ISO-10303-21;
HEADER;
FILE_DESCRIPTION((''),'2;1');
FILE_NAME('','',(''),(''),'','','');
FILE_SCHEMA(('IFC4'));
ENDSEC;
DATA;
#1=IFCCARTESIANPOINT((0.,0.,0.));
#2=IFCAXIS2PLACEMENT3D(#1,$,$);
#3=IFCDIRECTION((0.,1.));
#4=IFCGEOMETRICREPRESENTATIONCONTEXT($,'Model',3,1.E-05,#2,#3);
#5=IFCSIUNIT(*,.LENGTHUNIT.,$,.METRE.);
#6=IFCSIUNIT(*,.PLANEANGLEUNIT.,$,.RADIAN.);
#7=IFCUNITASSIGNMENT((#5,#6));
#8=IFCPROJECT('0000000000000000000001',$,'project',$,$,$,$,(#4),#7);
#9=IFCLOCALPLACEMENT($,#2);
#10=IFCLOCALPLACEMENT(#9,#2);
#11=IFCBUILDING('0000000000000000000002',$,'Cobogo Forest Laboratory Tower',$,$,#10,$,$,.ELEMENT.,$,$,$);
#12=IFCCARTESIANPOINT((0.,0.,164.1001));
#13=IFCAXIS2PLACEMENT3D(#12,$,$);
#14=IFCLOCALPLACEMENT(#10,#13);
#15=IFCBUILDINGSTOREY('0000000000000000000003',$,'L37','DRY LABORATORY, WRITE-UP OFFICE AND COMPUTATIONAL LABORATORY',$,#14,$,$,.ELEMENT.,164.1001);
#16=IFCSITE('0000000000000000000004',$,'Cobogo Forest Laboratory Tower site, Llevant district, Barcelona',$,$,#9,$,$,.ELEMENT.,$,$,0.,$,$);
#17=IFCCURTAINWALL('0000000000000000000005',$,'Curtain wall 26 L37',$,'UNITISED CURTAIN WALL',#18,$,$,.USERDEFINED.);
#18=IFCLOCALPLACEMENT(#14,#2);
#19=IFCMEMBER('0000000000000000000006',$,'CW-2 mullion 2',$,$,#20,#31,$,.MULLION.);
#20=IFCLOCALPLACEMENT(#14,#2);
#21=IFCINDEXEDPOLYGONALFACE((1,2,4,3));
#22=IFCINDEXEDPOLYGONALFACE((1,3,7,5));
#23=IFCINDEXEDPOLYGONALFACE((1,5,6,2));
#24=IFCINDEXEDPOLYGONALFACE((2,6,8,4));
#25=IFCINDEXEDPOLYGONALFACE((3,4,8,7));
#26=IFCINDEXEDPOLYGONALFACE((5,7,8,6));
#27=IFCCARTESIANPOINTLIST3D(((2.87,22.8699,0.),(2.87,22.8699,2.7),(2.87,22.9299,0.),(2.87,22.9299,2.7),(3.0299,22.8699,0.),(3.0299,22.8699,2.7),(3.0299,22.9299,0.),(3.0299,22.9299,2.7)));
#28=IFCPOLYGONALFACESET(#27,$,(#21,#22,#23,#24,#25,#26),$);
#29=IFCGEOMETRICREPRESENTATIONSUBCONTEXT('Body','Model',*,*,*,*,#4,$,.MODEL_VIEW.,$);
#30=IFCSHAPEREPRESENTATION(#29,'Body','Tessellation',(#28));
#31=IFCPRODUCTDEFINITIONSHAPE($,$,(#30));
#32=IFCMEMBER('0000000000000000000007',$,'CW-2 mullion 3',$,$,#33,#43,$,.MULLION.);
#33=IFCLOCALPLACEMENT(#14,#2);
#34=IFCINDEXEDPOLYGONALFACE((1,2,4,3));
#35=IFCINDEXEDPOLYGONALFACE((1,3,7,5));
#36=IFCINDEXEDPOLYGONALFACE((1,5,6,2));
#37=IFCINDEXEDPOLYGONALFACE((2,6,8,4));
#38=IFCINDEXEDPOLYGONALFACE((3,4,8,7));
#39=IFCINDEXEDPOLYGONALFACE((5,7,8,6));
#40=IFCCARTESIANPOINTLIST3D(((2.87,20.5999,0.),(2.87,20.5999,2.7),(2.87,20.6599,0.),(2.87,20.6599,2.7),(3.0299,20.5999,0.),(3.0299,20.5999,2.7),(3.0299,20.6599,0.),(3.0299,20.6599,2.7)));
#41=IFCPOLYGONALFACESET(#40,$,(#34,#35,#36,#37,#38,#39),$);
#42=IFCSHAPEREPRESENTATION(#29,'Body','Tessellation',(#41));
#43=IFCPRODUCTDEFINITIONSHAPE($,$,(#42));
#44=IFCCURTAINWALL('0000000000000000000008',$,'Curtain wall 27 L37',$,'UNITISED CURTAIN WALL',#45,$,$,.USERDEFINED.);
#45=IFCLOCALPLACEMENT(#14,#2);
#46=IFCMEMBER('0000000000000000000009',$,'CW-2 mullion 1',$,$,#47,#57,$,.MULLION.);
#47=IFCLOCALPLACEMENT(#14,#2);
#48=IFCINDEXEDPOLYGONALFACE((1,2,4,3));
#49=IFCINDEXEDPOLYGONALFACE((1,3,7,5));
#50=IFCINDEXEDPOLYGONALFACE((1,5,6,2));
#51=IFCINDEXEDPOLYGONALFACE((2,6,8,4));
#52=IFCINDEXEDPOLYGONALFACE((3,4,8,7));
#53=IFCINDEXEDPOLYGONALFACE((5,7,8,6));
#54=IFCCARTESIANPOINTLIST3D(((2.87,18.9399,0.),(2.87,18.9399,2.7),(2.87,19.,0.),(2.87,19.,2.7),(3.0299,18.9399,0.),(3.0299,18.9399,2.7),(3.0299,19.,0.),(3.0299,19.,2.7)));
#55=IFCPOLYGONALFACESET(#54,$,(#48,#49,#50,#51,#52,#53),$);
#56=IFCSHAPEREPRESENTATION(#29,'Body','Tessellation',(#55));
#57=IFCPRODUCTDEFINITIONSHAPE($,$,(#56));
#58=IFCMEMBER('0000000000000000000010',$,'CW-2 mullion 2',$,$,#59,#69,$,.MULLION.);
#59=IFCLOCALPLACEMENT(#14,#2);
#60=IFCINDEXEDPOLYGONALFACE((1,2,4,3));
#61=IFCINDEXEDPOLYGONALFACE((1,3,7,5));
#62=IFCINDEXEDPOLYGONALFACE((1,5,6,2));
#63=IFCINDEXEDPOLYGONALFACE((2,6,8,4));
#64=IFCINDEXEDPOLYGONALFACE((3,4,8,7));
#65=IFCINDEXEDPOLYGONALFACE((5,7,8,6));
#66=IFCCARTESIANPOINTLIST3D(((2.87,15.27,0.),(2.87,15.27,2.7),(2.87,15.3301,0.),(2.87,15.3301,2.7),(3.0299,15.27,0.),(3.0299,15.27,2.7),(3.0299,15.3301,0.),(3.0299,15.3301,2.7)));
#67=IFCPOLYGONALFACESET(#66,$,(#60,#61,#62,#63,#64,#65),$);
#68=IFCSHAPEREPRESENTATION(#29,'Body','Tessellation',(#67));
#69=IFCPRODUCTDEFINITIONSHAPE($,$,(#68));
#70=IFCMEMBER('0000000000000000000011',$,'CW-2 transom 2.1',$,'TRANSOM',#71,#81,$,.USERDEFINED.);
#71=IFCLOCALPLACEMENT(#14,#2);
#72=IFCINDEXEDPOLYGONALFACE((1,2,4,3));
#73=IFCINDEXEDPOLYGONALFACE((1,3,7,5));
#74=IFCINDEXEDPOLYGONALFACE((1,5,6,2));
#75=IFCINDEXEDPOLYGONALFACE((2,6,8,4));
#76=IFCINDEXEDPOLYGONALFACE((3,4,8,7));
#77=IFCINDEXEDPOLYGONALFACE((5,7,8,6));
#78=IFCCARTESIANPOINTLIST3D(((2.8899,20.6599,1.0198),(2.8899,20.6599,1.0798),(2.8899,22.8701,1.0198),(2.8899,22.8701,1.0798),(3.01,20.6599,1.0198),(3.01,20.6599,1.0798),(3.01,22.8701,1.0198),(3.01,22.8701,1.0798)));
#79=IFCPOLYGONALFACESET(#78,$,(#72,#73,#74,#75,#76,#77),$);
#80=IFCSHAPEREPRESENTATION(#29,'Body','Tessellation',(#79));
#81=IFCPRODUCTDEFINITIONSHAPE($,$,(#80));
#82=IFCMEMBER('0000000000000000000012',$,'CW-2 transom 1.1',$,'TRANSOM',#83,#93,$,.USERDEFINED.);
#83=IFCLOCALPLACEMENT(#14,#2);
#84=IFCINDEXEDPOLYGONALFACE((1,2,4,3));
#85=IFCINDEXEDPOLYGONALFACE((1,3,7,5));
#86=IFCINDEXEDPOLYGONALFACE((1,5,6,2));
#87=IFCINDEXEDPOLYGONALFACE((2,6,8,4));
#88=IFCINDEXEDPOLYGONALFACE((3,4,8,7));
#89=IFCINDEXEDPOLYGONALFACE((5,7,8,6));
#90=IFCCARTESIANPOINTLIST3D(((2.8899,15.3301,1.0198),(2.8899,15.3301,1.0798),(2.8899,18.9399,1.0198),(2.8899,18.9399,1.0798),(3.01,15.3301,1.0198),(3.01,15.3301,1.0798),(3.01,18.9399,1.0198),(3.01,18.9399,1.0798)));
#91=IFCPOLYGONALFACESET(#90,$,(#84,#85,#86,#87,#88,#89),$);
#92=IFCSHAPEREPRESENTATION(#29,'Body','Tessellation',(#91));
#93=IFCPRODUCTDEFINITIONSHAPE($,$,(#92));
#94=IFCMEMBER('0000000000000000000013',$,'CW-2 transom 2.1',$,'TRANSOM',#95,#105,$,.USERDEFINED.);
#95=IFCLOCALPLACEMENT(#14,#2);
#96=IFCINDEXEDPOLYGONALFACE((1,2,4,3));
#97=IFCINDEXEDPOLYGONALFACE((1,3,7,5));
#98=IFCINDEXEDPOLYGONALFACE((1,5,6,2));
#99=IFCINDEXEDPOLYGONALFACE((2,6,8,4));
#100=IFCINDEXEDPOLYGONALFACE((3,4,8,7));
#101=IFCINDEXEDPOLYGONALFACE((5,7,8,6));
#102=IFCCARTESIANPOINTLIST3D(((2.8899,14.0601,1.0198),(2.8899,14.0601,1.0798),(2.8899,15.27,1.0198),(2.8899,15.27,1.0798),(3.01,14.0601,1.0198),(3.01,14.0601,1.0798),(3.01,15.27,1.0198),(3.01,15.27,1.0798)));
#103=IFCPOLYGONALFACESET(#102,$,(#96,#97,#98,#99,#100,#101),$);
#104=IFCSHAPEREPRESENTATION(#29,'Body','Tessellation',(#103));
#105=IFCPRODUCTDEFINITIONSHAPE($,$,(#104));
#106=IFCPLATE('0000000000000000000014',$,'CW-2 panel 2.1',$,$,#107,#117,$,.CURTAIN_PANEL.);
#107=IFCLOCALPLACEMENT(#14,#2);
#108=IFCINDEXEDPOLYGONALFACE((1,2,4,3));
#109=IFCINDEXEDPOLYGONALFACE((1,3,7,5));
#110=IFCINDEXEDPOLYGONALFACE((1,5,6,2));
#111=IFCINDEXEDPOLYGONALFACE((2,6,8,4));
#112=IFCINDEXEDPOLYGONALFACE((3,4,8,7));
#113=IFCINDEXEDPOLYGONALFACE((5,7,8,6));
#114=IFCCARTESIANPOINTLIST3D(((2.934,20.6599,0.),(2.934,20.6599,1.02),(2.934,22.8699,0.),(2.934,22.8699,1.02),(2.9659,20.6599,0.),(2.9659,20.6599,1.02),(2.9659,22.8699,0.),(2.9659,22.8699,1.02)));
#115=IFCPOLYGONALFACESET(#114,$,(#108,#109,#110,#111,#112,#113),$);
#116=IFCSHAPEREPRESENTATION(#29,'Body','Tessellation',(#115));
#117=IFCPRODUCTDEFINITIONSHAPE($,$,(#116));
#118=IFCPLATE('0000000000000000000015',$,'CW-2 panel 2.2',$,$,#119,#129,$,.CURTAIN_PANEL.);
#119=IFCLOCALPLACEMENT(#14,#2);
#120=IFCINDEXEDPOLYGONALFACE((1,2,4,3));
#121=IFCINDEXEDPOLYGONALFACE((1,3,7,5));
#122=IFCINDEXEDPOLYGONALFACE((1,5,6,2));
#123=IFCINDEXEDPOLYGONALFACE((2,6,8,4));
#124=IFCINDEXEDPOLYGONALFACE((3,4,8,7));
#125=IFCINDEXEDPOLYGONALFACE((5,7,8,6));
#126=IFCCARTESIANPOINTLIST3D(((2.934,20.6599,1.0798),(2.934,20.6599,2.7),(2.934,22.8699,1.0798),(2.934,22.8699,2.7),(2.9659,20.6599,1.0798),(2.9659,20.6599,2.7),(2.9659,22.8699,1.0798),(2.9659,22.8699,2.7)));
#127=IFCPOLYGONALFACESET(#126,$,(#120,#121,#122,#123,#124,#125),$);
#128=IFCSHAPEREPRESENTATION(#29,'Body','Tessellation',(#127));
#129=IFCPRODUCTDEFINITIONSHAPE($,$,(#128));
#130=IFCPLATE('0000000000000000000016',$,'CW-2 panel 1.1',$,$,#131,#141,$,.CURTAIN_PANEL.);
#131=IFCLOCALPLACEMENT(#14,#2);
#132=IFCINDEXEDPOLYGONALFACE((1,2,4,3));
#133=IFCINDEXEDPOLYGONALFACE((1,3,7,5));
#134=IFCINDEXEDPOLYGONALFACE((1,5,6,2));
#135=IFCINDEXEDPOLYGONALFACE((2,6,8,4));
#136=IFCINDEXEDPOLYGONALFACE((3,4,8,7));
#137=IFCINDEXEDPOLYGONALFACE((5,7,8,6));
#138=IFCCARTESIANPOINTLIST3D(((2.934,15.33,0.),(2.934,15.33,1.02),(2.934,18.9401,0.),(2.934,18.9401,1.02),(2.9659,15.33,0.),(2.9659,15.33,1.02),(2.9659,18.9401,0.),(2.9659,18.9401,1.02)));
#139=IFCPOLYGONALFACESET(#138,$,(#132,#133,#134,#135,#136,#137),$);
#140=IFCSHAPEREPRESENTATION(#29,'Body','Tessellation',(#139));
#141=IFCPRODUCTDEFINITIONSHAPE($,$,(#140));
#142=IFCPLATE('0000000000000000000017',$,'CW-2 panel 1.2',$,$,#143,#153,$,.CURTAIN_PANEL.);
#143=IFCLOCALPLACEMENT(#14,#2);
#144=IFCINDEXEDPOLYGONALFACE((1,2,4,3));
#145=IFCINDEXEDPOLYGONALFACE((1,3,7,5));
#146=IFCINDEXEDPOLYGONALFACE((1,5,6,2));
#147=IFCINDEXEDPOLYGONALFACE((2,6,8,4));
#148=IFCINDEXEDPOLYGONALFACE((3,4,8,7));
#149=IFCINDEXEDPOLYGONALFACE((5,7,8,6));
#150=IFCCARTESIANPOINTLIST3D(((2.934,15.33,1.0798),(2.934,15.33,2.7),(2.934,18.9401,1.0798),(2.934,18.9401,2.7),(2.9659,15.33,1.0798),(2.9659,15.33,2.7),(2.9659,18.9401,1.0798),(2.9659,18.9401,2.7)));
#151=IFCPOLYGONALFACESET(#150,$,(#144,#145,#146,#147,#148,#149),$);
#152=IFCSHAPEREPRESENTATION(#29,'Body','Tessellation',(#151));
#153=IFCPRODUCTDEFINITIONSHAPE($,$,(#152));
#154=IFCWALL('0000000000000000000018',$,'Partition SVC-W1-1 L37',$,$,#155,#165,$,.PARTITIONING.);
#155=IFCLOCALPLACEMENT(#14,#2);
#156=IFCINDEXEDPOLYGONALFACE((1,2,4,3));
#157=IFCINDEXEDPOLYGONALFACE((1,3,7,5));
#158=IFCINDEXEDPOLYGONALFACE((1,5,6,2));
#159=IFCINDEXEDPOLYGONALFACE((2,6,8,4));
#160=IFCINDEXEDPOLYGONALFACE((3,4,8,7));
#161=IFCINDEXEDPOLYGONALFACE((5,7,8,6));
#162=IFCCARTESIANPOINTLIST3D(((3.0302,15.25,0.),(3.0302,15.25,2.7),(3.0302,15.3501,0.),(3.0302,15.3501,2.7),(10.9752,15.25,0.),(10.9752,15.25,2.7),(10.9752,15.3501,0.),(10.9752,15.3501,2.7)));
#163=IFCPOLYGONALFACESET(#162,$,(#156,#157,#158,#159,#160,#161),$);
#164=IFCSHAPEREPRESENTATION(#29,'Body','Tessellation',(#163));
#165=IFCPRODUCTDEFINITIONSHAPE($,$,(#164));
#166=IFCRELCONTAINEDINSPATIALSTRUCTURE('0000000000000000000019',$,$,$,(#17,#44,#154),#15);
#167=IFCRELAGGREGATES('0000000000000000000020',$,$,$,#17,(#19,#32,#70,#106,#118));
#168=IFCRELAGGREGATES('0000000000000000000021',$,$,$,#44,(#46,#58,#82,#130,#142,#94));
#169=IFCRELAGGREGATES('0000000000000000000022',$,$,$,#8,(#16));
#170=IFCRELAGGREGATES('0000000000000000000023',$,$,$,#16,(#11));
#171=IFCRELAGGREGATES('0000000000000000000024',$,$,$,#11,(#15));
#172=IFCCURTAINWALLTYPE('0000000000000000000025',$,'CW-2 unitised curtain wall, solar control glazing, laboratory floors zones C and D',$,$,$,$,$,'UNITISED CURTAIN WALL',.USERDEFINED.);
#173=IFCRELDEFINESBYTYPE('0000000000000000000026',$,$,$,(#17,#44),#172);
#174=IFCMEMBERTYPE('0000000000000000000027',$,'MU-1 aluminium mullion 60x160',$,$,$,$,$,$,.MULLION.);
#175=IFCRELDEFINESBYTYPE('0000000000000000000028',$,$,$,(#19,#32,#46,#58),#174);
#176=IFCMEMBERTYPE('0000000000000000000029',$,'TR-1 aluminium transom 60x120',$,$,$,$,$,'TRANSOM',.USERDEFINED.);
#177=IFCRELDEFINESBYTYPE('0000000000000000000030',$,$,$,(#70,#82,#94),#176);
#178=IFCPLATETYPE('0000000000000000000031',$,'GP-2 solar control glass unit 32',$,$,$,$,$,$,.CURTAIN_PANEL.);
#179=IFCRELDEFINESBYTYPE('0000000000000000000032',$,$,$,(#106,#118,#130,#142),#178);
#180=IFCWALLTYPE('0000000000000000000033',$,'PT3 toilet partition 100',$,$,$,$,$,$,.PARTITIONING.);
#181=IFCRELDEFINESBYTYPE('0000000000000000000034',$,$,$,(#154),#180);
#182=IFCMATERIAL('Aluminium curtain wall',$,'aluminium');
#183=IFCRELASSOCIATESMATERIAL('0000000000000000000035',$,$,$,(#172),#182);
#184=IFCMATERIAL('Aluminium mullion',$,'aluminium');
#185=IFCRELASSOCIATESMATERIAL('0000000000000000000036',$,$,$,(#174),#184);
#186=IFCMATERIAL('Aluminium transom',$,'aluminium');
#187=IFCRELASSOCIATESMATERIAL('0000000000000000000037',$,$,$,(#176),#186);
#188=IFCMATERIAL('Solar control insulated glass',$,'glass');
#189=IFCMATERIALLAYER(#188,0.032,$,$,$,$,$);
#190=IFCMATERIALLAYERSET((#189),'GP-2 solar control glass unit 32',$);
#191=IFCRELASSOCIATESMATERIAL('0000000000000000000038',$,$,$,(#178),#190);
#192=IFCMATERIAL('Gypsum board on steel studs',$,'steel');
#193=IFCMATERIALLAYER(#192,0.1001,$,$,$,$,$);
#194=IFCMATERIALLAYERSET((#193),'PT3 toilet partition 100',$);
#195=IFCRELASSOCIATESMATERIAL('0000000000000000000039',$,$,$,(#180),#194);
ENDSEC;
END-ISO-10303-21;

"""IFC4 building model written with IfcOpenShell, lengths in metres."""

from ifc_helpers import new_model, si_unit, direction, frame, frame_2d, origin, origin_2d, place, context, subcontext, project, spatial, rectangle, extrude, material, layer, layer_set, material_profile, profile_set, type_object, element, aggregate, save


model = new_model("IFC4")

# Units and contexts
model_context = context("Model", 3, precision=1e-05, world=origin(), true_north=direction((0.0, 1.0)))
body_context = subcontext(model_context, "Body", "Model", "MODEL_VIEW")
ifc_project = project(units=[si_unit("LENGTHUNIT", "METRE"), si_unit("PLANEANGLEUNIT", "RADIAN")], contexts=[model_context])

# Site, building, storey
site_placement = place(None, origin())
site = spatial("IfcSite", under=ifc_project, at=site_placement, Name="Cobogo Forest Laboratory Tower site, Llevant district, Barcelona", CompositionType="ELEMENT", RefElevation=0.0)
building_placement = place(site_placement, origin())
building = spatial("IfcBuilding", under=site, at=building_placement, Name="Cobogo Forest Laboratory Tower", CompositionType="ELEMENT")
storey_placement = place(building_placement, frame((0.0, 0.0, 164.1001)))
storey = spatial("IfcBuildingStorey", under=building, at=storey_placement, Name="L37", Description="DRY LABORATORY, WRITE-UP OFFICE AND COMPUTATIONAL LABORATORY", CompositionType="ELEMENT", Elevation=164.1001)

# Curtain walls, members
ifc_material_1 = material(Name="Aluminium curtain wall", Category="aluminium")
curtain_wall_type = type_object("IfcCurtainWallType", Name="CW-2 unitised curtain wall, solar control glazing, laboratory floors zones C and D", ElementType="UNITISED CURTAIN WALL", PredefinedType="USERDEFINED", material=ifc_material_1)
curtain_wall_1_placement = place(storey_placement, origin())
curtain_wall_1 = element("IfcCurtainWall", 1, at=curtain_wall_1_placement, inside=storey, type_object=curtain_wall_type, Name="Curtain wall 26 L37", ObjectType="UNITISED CURTAIN WALL", PredefinedType="USERDEFINED")
ifc_material_2 = material(Name="Aluminium mullion", Category="aluminium")
ifc_material_profile_1 = material_profile(ifc_material_2, rectangle(XDim=0.0601, YDim=0.1599, at=origin_2d()), Name="AL 60x160")
ifc_profile_set_1 = profile_set([ifc_material_profile_1], Name="Aluminium mullion")
member_type_1 = type_object("IfcMemberType", Name="MU-1 aluminium mullion 60x160", PredefinedType="MULLION", material=ifc_profile_set_1)
member_1_placement = place(storey_placement, frame((2.95, 22.8999, 0.0), z_axis=(0.0, 0.0, 1.0), x_axis=(0.0, -1.0, 0.0)))
member_1 = element("IfcMember", 2, at=member_1_placement, type_object=member_type_1, Name="CW-2 mullion 2", PredefinedType="MULLION", context=body_context, shape_type="SweptSolid", body=[
    extrude(rectangle(XDim=0.0601, YDim=0.1599, at=origin_2d()), origin(), (0.0, 0.0, 1.0), 2.7),
])
member_2_placement = place(storey_placement, frame((2.95, 20.6299, 0.0), z_axis=(0.0, 0.0, 1.0), x_axis=(0.0, -1.0, 0.0)))
member_2 = element("IfcMember", 3, at=member_2_placement, type_object=member_type_1, Name="CW-2 mullion 3", PredefinedType="MULLION", context=body_context, shape_type="SweptSolid", body=[
    extrude(rectangle(XDim=0.0601, YDim=0.1599, at=origin_2d()), origin(), (0.0, 0.0, 1.0), 2.7),
])
curtain_wall_2_placement = place(storey_placement, origin())
curtain_wall_2 = element("IfcCurtainWall", 4, at=curtain_wall_2_placement, inside=storey, type_object=curtain_wall_type, Name="Curtain wall 27 L37", ObjectType="UNITISED CURTAIN WALL", PredefinedType="USERDEFINED")
member_3_placement = place(storey_placement, frame((2.95, 18.97, 0.0), z_axis=(0.0, 0.0, 1.0), x_axis=(0.0, -1.0, 0.0)))
member_3 = element("IfcMember", 5, at=member_3_placement, type_object=member_type_1, Name="CW-2 mullion 1", PredefinedType="MULLION", context=body_context, shape_type="SweptSolid", body=[
    extrude(rectangle(XDim=0.0601, YDim=0.1599, at=origin_2d()), origin(), (0.0, 0.0, 1.0), 2.7),
])
member_4_placement = place(storey_placement, frame((2.95, 15.3, 0.0), z_axis=(0.0, 0.0, 1.0), x_axis=(0.0, -1.0, 0.0)))
member_4 = element("IfcMember", 6, at=member_4_placement, type_object=member_type_1, Name="CW-2 mullion 2", PredefinedType="MULLION", context=body_context, shape_type="SweptSolid", body=[
    extrude(rectangle(XDim=0.0601, YDim=0.1599, at=origin_2d()), origin(), (0.0, 0.0, 1.0), 2.7),
])

# Members
ifc_material_3 = material(Name="Aluminium transom", Category="aluminium")
ifc_material_profile_2 = material_profile(ifc_material_3, rectangle(XDim=0.1201, YDim=0.0601, at=origin_2d()), Name="AL 60x120")
ifc_profile_set_2 = profile_set([ifc_material_profile_2], Name="Aluminium transom")
member_type_2 = type_object("IfcMemberType", Name="TR-1 aluminium transom 60x120", ElementType="TRANSOM", PredefinedType="USERDEFINED", material=ifc_profile_set_2)
member_5_placement = place(storey_placement, frame((2.95, 22.8701, 1.0498), z_axis=(0.0, -1.0, 0.0), x_axis=(1.0, 0.0, 0.0)))
member_5 = element("IfcMember", 7, at=member_5_placement, type_object=member_type_2, Name="CW-2 transom 2.1", ObjectType="TRANSOM", PredefinedType="USERDEFINED", context=body_context, shape_type="SweptSolid", body=[
    extrude(rectangle(XDim=0.1201, YDim=0.0601, at=origin_2d()), origin(), (0.0, 0.0, 1.0), 2.2102),
])
member_6_placement = place(storey_placement, frame((2.95, 18.9399, 1.0498), z_axis=(0.0, -1.0, 0.0), x_axis=(1.0, 0.0, 0.0)))
member_6 = element("IfcMember", 8, at=member_6_placement, type_object=member_type_2, Name="CW-2 transom 1.1", ObjectType="TRANSOM", PredefinedType="USERDEFINED", context=body_context, shape_type="SweptSolid", body=[
    extrude(rectangle(XDim=0.1201, YDim=0.0601, at=origin_2d()), origin(), (0.0, 0.0, 1.0), 3.6099),
])
member_7_placement = place(storey_placement, frame((2.95, 15.27, 1.0498), z_axis=(0.0, -1.0, 0.0), x_axis=(1.0, 0.0, 0.0)))
member_7 = element("IfcMember", 9, at=member_7_placement, type_object=member_type_2, Name="CW-2 transom 2.1", ObjectType="TRANSOM", PredefinedType="USERDEFINED", context=body_context, shape_type="SweptSolid", body=[
    extrude(rectangle(XDim=0.1201, YDim=0.0601, at=origin_2d()), origin(), (0.0, 0.0, 1.0), 1.21),
])

# Plates
ifc_material_4 = material(Name="Solar control insulated glass", Category="glass")
ifc_layer_1 = layer(ifc_material_4, 0.032)
ifc_layer_set_1 = layer_set([ifc_layer_1], Name="GP-2 solar control glass unit 32")
plate_type_1 = type_object("IfcPlateType", Name="GP-2 solar control glass unit 32", PredefinedType="CURTAIN_PANEL", material=ifc_layer_set_1)
plate_1_placement = place(storey_placement, frame((2.95, 21.7649, 0.0), z_axis=(0.0, 0.0, 1.0), x_axis=(0.0, -1.0, 0.0)))
plate_1 = element("IfcPlate", 10, at=plate_1_placement, type_object=plate_type_1, Name="CW-2 panel 2.1", PredefinedType="CURTAIN_PANEL", context=body_context, shape_type="SweptSolid", body=[
    extrude(rectangle(XDim=2.21, YDim=0.032, at=origin_2d()), origin(), (0.0, 0.0, 1.0), 1.02),
])
plate_2_placement = place(storey_placement, frame((2.95, 21.7649, 1.0798), z_axis=(0.0, 0.0, 1.0), x_axis=(0.0, -1.0, 0.0)))
plate_2 = element("IfcPlate", 11, at=plate_2_placement, type_object=plate_type_1, Name="CW-2 panel 2.2", PredefinedType="CURTAIN_PANEL", context=body_context, shape_type="SweptSolid", body=[
    extrude(rectangle(XDim=2.21, YDim=0.032, at=origin_2d()), origin(), (0.0, 0.0, 1.0), 1.6201),
])
aggregate(curtain_wall_1, [member_1, member_2, member_5, plate_1, plate_2])
plate_3_placement = place(storey_placement, frame((2.95, 17.135, 0.0), z_axis=(0.0, 0.0, 1.0), x_axis=(0.0, -1.0, 0.0)))
plate_3 = element("IfcPlate", 12, at=plate_3_placement, type_object=plate_type_1, Name="CW-2 panel 1.1", PredefinedType="CURTAIN_PANEL", context=body_context, shape_type="SweptSolid", body=[
    extrude(rectangle(XDim=3.6101, YDim=0.032, at=origin_2d()), origin(), (0.0, 0.0, 1.0), 1.02),
])
plate_4_placement = place(storey_placement, frame((2.95, 17.135, 1.0798), z_axis=(0.0, 0.0, 1.0), x_axis=(0.0, -1.0, 0.0)))
plate_4 = element("IfcPlate", 13, at=plate_4_placement, type_object=plate_type_1, Name="CW-2 panel 1.2", PredefinedType="CURTAIN_PANEL", context=body_context, shape_type="SweptSolid", body=[
    extrude(rectangle(XDim=3.6101, YDim=0.032, at=origin_2d()), origin(), (0.0, 0.0, 1.0), 1.6201),
])
aggregate(curtain_wall_2, [member_3, member_4, member_6, plate_3, plate_4, member_7])

# Wall
ifc_material_5 = material(Name="Gypsum board on steel studs", Category="steel")
ifc_layer_2 = layer(ifc_material_5, 0.1001)
ifc_layer_set_2 = layer_set([ifc_layer_2], Name="PT3 toilet partition 100")
wall_type = type_object("IfcWallType", Name="PT3 toilet partition 100", PredefinedType="PARTITIONING", material=ifc_layer_set_2)
wall_placement = place(storey_placement, frame((3.03, 15.3, 0.0), z_axis=(0.0, 0.0, 1.0), x_axis=(1.0, 0.0, 0.0)))
element("IfcWall", 14, at=wall_placement, inside=storey, type_object=wall_type, Name="Partition SVC-W1-1 L37", PredefinedType="PARTITIONING", context=body_context, shape_type="SweptSolid", body=[
    extrude(rectangle(XDim=7.9451, YDim=0.1001, at=frame_2d((3.9727, 0.0))), origin(), (0.0, 0.0, 1.0), 2.7),
])

save(model, "model.ifc")
